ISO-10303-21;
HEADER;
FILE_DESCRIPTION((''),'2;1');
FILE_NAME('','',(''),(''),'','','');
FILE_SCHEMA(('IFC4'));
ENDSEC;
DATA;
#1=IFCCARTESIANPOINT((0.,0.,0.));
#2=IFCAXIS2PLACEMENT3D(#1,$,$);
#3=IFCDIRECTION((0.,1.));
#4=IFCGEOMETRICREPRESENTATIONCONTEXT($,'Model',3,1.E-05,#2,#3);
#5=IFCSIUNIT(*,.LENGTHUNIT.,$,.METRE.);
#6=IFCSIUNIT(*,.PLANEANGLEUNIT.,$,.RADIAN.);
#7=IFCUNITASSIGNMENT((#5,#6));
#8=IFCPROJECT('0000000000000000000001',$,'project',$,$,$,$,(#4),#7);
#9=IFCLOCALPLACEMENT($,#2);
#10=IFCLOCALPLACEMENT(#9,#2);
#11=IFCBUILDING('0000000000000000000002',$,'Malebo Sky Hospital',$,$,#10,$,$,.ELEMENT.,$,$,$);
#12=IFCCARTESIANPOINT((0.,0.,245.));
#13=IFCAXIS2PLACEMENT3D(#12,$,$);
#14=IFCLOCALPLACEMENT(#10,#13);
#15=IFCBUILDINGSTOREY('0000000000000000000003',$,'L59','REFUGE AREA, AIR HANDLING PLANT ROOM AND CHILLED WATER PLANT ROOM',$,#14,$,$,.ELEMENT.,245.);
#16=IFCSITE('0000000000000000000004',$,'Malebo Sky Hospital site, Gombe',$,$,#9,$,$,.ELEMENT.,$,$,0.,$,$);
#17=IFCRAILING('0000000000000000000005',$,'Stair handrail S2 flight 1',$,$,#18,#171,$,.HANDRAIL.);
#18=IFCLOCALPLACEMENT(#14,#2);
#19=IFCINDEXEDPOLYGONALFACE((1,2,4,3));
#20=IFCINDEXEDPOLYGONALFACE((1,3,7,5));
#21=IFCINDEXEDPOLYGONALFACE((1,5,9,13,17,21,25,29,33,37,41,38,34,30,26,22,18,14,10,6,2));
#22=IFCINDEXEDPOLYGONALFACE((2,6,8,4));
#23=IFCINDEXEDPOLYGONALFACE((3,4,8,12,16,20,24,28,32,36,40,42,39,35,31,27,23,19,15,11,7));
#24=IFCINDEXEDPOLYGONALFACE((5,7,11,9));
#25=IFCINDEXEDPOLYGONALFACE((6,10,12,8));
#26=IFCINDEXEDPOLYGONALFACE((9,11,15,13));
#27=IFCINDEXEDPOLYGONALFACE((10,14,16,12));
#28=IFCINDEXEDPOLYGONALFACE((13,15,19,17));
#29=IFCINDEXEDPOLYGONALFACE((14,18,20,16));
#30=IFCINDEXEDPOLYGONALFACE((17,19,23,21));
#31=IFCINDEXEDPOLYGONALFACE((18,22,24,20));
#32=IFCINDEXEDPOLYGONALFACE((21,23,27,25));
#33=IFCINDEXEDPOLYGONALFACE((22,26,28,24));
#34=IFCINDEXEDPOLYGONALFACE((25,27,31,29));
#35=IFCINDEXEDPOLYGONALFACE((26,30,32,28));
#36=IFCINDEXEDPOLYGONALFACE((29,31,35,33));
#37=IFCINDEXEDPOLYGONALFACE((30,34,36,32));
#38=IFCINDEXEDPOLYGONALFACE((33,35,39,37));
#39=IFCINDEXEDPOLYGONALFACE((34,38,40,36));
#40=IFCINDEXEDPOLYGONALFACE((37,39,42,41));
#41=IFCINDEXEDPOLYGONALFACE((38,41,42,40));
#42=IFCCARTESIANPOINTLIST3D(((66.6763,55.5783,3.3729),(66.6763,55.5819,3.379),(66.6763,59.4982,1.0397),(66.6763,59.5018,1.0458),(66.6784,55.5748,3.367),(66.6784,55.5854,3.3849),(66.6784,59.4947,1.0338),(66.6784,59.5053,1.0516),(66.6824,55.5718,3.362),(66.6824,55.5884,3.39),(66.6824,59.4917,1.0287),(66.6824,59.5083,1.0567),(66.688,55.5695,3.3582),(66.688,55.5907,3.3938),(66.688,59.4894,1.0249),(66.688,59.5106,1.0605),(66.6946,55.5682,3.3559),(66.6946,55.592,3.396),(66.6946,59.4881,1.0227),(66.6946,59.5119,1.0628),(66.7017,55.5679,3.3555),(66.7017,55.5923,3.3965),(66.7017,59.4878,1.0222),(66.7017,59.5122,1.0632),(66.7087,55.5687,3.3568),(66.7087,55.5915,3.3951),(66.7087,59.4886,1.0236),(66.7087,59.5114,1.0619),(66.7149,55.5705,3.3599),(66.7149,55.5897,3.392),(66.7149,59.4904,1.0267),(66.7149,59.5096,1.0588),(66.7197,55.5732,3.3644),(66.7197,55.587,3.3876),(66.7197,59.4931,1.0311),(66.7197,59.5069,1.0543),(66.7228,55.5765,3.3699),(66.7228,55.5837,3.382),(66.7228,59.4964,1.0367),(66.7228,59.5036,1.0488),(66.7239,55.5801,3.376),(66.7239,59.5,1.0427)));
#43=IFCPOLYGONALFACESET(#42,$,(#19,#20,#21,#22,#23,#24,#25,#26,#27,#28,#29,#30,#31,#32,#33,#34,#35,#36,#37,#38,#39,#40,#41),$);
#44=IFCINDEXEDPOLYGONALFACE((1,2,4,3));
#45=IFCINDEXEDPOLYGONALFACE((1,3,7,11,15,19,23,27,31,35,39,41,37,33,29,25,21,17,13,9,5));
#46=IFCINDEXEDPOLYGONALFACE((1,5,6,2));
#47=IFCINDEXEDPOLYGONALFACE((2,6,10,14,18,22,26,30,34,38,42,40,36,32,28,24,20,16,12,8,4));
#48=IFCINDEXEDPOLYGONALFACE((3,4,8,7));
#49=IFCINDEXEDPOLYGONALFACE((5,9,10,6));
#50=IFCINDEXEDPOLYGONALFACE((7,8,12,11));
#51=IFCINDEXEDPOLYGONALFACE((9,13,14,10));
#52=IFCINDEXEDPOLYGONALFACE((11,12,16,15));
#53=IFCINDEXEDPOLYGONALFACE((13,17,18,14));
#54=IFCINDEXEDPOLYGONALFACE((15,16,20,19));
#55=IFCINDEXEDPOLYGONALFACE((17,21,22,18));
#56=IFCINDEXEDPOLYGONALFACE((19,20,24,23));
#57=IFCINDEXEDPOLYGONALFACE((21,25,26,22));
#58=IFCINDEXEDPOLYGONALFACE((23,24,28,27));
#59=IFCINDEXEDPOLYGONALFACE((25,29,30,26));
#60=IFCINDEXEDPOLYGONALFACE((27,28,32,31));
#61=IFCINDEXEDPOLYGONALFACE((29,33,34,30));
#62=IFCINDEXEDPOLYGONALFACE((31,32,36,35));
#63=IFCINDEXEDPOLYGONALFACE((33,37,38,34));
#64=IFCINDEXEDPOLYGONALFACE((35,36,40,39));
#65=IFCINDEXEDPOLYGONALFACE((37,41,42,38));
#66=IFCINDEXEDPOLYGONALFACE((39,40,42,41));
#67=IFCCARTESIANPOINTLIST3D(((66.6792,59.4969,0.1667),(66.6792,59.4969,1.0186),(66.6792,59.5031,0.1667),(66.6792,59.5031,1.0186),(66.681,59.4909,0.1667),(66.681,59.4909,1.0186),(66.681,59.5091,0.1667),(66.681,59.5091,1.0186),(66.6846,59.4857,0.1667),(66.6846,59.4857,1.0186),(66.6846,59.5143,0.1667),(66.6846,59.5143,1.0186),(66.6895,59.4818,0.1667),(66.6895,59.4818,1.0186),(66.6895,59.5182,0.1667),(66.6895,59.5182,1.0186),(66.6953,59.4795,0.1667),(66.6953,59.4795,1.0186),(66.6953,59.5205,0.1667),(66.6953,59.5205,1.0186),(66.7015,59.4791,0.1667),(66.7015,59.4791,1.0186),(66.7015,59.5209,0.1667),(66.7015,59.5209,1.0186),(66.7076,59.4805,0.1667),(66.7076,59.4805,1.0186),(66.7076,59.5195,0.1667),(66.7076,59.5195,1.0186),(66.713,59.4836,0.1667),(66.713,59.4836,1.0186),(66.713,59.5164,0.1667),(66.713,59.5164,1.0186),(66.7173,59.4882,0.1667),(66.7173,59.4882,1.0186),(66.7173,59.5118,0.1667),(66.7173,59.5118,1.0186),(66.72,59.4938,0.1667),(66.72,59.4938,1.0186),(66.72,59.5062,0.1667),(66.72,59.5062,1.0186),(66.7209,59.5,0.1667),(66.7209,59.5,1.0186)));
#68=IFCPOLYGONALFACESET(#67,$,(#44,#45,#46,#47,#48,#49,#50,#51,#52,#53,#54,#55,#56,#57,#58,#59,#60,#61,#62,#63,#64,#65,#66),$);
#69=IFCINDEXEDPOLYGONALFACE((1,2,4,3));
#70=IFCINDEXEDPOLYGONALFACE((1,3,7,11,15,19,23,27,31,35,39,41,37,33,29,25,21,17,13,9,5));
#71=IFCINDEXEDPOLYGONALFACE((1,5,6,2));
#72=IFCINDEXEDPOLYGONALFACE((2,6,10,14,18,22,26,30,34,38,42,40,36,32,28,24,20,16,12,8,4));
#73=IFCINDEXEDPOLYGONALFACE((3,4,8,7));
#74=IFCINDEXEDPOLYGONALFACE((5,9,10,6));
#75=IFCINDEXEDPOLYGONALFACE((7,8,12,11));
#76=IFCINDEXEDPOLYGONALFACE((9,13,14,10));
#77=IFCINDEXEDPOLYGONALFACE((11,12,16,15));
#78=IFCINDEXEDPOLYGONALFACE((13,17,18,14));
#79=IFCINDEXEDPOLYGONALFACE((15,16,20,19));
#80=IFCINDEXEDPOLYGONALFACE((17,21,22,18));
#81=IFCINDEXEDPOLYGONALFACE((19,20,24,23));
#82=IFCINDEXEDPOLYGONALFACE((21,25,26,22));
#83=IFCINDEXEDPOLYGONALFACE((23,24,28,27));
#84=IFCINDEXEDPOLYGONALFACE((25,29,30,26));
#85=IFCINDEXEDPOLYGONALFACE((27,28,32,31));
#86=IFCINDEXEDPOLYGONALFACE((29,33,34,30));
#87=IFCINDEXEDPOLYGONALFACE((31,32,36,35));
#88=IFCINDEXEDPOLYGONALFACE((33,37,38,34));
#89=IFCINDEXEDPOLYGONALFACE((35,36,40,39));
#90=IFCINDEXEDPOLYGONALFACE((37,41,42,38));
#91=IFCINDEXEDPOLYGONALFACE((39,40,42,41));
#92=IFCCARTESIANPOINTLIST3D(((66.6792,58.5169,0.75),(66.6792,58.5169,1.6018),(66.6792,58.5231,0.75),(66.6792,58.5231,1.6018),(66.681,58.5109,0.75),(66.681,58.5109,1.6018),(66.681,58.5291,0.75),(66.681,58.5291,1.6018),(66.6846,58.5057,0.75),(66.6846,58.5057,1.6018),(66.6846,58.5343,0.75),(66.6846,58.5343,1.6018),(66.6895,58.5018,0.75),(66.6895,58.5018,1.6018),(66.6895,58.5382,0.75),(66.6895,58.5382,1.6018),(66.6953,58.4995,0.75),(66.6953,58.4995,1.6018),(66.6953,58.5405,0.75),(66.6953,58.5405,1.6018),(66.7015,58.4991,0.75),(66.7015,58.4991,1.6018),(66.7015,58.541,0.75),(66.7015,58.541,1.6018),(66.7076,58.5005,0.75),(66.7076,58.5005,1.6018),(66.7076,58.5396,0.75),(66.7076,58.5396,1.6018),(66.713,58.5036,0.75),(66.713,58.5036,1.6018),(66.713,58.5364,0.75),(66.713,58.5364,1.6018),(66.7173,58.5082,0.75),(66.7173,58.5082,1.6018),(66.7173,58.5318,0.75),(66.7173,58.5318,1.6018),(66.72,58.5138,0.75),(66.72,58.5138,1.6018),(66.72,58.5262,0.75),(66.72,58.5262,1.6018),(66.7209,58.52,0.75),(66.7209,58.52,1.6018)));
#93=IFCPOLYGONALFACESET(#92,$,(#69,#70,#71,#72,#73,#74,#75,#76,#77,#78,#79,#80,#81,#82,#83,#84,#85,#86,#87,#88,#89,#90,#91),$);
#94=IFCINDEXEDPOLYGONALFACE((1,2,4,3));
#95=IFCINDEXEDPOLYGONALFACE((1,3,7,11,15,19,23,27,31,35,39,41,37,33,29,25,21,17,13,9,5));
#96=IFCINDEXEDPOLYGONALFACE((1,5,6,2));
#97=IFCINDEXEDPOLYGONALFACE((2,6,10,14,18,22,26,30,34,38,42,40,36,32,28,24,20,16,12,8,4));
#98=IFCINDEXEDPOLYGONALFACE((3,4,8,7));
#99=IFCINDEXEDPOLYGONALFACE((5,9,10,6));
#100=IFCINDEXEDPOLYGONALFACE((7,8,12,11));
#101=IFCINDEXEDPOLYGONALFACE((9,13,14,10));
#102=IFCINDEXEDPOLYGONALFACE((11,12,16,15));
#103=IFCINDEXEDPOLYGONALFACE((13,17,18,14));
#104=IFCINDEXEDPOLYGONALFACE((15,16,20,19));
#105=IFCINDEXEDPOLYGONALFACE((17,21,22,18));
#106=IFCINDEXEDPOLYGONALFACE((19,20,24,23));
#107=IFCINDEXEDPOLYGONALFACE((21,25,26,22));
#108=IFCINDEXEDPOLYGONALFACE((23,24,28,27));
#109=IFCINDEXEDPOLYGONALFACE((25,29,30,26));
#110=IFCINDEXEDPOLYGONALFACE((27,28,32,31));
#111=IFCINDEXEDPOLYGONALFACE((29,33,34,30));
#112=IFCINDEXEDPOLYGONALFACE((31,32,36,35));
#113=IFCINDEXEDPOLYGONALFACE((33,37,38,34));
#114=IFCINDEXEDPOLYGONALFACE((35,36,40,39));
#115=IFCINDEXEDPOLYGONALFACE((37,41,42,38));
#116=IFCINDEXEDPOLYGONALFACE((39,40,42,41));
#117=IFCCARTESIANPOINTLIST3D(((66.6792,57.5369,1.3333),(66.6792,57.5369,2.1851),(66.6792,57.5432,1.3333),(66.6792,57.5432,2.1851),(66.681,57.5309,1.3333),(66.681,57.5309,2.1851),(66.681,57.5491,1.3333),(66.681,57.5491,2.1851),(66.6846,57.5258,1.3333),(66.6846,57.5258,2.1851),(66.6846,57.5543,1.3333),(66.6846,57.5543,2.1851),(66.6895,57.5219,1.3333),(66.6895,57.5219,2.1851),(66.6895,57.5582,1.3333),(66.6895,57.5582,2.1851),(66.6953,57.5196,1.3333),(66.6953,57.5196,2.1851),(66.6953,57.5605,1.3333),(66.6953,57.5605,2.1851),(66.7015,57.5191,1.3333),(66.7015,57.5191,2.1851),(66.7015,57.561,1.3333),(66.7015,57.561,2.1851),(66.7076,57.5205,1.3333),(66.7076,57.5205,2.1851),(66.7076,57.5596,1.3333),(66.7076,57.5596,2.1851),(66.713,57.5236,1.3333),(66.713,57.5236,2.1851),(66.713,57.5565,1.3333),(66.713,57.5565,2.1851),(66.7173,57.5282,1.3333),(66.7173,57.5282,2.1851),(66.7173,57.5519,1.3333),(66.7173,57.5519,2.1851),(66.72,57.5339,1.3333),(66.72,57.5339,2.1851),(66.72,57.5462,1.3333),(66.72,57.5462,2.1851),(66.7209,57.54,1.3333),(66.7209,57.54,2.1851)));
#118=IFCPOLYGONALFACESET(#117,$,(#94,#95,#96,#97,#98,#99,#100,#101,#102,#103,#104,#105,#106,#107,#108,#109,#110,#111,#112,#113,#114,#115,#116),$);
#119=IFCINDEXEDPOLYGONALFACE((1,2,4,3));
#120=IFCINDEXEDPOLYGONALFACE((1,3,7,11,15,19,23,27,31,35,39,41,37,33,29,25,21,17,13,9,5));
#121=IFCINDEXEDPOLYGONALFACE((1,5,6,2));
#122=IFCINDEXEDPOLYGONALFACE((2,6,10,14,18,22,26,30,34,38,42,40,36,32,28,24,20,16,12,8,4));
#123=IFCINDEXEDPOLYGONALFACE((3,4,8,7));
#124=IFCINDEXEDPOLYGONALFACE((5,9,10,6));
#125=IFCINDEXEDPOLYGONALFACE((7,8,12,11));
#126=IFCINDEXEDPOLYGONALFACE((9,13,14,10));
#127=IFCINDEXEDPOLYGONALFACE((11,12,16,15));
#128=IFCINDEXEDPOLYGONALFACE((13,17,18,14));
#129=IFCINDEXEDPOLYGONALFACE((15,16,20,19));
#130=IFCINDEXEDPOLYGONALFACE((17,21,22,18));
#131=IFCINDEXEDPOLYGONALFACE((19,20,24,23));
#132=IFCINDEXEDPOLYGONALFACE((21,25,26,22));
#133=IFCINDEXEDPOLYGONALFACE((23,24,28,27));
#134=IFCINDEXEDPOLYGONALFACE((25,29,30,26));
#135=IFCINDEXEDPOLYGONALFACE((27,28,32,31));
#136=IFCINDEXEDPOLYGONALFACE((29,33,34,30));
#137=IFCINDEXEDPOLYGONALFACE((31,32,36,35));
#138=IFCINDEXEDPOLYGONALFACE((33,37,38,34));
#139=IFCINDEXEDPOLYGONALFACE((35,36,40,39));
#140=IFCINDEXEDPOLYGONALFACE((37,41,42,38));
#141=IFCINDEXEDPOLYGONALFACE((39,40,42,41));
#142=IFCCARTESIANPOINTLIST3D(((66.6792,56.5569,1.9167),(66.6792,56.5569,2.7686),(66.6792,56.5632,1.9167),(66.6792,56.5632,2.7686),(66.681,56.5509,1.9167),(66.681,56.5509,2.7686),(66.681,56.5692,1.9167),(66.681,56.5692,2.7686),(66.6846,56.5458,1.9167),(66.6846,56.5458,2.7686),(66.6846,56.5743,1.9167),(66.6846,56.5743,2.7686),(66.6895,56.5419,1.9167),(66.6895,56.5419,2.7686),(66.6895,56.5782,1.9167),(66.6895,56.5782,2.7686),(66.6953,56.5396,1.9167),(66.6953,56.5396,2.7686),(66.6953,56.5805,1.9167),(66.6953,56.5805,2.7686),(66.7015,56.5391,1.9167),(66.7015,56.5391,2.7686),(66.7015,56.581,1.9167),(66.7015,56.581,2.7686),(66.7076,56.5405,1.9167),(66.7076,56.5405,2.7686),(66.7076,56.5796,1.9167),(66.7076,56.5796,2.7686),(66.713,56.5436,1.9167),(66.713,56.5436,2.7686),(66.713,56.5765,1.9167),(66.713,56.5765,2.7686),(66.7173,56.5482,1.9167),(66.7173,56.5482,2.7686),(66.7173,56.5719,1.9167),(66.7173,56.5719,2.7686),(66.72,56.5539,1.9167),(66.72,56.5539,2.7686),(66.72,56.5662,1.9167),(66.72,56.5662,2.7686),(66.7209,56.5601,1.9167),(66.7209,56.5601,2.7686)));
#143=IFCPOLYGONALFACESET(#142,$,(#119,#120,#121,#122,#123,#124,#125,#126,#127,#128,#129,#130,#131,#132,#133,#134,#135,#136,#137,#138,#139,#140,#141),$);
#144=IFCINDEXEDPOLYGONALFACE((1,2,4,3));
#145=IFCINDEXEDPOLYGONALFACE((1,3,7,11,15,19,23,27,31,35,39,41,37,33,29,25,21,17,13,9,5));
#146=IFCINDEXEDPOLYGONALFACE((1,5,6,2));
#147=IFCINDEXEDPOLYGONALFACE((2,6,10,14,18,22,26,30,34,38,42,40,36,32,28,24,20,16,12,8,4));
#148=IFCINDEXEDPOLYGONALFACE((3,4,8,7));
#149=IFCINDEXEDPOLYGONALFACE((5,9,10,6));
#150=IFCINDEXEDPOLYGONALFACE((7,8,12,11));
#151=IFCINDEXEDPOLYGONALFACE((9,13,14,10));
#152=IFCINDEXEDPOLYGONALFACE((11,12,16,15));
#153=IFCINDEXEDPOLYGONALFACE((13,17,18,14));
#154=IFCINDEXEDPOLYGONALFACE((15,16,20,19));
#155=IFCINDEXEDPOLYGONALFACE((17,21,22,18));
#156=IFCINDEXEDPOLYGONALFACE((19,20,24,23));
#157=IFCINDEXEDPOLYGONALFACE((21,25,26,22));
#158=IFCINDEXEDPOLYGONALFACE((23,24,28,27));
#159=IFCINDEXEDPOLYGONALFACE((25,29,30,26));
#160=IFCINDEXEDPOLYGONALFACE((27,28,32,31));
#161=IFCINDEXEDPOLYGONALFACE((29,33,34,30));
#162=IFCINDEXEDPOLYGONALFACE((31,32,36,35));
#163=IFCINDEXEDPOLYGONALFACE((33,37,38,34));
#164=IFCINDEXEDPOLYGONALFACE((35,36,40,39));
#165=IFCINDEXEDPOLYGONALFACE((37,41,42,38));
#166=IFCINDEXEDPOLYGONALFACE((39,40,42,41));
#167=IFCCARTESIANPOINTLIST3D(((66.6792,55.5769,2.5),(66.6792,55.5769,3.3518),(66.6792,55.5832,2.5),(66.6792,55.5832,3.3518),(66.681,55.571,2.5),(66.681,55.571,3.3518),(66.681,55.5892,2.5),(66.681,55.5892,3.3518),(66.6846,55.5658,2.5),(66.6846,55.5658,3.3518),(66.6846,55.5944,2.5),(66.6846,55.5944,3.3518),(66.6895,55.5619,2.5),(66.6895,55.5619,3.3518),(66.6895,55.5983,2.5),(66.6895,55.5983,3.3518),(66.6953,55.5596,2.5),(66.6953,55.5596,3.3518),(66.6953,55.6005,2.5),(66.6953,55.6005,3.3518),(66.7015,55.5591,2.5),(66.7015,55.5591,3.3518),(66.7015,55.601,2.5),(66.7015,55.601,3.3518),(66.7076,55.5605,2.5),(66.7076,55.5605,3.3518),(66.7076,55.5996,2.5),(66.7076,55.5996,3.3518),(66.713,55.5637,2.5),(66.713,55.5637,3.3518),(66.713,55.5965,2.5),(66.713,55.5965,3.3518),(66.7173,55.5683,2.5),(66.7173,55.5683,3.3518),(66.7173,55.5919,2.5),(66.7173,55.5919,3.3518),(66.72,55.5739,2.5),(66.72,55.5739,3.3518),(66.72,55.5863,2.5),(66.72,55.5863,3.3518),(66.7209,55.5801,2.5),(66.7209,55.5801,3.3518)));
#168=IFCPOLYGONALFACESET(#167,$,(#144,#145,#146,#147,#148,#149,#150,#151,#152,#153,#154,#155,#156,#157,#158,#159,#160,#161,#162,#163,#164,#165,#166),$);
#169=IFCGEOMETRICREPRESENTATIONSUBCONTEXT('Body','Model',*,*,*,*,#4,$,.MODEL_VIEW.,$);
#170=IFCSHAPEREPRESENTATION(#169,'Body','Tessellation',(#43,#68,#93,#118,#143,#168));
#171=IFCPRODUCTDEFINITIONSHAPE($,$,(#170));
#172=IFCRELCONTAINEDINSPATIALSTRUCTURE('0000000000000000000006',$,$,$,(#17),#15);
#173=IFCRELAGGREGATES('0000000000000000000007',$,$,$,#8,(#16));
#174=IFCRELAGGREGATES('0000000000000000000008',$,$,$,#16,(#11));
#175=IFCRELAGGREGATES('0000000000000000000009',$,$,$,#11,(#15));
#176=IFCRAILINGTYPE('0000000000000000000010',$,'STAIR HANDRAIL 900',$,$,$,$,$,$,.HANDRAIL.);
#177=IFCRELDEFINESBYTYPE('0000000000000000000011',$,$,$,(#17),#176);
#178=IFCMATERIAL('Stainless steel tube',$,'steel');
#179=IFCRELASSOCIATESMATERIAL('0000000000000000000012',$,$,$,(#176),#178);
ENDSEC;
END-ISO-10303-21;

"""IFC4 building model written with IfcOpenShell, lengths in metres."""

from ifc_helpers import new_model, si_unit, direction, frame, origin, origin_2d, place, context, subcontext, project, spatial, circle, extrude, material, type_object, element, save


model = new_model("IFC4")

# Units and contexts
model_context = context("Model", 3, precision=1e-05, world=origin(), true_north=direction((0.0, 1.0)))
body_context = subcontext(model_context, "Body", "Model", "MODEL_VIEW")
ifc_project = project(units=[si_unit("LENGTHUNIT", "METRE"), si_unit("PLANEANGLEUNIT", "RADIAN")], contexts=[model_context])

# Site, building, storey
site_placement = place(None, origin())
site = spatial("IfcSite", under=ifc_project, at=site_placement, Name="Malebo Sky Hospital site, Gombe", CompositionType="ELEMENT", RefElevation=0.0)
building_placement = place(site_placement, origin())
building = spatial("IfcBuilding", under=site, at=building_placement, Name="Malebo Sky Hospital", CompositionType="ELEMENT")
storey_placement = place(building_placement, frame((0.0, 0.0, 245.0)))
storey = spatial("IfcBuildingStorey", under=building, at=storey_placement, Name="L59", Description="REFUGE AREA, AIR HANDLING PLANT ROOM AND CHILLED WATER PLANT ROOM", CompositionType="ELEMENT", Elevation=245.0)

# Railing
ifc_material_1 = material(Name="Stainless steel tube", Category="steel")
railing_type = type_object("IfcRailingType", Name="STAIR HANDRAIL 900", PredefinedType="HANDRAIL", material=ifc_material_1)
railing_1_placement = place(storey_placement, frame((66.7, 59.5, 0.1667)))
element("IfcRailing", 1, at=railing_1_placement, inside=storey, type_object=railing_type, Name="Stair handrail S2 flight 1", PredefinedType="HANDRAIL", context=body_context, shape_type="SweptSolid", body=[
    extrude(circle(Radius=0.0239, at=origin_2d()), frame((0.0, 0.0, 0.876), z_axis=(0.0, -0.859296, 0.511478), x_axis=(1.0, 0.0, 0.0)), (0.0, 0.0, 1.0), 4.5618),
    extrude(circle(Radius=0.021, at=origin_2d()), origin(), (0.0, 0.0, 1.0), 0.8518),
    extrude(circle(Radius=0.021, at=origin_2d()), frame((0.0, -0.98, 0.5833)), (0.0, 0.0, 1.0), 0.8518),
    extrude(circle(Radius=0.021, at=origin_2d()), frame((0.0, -1.96, 1.1665)), (0.0, 0.0, 1.0), 0.8518),
    extrude(circle(Radius=0.021, at=origin_2d()), frame((0.0, -2.9399, 1.75)), (0.0, 0.0, 1.0), 0.8518),
    extrude(circle(Radius=0.021, at=origin_2d()), frame((0.0, -3.9199, 2.3333)), (0.0, 0.0, 1.0), 0.8518),
])

save(model, "model.ifc")
